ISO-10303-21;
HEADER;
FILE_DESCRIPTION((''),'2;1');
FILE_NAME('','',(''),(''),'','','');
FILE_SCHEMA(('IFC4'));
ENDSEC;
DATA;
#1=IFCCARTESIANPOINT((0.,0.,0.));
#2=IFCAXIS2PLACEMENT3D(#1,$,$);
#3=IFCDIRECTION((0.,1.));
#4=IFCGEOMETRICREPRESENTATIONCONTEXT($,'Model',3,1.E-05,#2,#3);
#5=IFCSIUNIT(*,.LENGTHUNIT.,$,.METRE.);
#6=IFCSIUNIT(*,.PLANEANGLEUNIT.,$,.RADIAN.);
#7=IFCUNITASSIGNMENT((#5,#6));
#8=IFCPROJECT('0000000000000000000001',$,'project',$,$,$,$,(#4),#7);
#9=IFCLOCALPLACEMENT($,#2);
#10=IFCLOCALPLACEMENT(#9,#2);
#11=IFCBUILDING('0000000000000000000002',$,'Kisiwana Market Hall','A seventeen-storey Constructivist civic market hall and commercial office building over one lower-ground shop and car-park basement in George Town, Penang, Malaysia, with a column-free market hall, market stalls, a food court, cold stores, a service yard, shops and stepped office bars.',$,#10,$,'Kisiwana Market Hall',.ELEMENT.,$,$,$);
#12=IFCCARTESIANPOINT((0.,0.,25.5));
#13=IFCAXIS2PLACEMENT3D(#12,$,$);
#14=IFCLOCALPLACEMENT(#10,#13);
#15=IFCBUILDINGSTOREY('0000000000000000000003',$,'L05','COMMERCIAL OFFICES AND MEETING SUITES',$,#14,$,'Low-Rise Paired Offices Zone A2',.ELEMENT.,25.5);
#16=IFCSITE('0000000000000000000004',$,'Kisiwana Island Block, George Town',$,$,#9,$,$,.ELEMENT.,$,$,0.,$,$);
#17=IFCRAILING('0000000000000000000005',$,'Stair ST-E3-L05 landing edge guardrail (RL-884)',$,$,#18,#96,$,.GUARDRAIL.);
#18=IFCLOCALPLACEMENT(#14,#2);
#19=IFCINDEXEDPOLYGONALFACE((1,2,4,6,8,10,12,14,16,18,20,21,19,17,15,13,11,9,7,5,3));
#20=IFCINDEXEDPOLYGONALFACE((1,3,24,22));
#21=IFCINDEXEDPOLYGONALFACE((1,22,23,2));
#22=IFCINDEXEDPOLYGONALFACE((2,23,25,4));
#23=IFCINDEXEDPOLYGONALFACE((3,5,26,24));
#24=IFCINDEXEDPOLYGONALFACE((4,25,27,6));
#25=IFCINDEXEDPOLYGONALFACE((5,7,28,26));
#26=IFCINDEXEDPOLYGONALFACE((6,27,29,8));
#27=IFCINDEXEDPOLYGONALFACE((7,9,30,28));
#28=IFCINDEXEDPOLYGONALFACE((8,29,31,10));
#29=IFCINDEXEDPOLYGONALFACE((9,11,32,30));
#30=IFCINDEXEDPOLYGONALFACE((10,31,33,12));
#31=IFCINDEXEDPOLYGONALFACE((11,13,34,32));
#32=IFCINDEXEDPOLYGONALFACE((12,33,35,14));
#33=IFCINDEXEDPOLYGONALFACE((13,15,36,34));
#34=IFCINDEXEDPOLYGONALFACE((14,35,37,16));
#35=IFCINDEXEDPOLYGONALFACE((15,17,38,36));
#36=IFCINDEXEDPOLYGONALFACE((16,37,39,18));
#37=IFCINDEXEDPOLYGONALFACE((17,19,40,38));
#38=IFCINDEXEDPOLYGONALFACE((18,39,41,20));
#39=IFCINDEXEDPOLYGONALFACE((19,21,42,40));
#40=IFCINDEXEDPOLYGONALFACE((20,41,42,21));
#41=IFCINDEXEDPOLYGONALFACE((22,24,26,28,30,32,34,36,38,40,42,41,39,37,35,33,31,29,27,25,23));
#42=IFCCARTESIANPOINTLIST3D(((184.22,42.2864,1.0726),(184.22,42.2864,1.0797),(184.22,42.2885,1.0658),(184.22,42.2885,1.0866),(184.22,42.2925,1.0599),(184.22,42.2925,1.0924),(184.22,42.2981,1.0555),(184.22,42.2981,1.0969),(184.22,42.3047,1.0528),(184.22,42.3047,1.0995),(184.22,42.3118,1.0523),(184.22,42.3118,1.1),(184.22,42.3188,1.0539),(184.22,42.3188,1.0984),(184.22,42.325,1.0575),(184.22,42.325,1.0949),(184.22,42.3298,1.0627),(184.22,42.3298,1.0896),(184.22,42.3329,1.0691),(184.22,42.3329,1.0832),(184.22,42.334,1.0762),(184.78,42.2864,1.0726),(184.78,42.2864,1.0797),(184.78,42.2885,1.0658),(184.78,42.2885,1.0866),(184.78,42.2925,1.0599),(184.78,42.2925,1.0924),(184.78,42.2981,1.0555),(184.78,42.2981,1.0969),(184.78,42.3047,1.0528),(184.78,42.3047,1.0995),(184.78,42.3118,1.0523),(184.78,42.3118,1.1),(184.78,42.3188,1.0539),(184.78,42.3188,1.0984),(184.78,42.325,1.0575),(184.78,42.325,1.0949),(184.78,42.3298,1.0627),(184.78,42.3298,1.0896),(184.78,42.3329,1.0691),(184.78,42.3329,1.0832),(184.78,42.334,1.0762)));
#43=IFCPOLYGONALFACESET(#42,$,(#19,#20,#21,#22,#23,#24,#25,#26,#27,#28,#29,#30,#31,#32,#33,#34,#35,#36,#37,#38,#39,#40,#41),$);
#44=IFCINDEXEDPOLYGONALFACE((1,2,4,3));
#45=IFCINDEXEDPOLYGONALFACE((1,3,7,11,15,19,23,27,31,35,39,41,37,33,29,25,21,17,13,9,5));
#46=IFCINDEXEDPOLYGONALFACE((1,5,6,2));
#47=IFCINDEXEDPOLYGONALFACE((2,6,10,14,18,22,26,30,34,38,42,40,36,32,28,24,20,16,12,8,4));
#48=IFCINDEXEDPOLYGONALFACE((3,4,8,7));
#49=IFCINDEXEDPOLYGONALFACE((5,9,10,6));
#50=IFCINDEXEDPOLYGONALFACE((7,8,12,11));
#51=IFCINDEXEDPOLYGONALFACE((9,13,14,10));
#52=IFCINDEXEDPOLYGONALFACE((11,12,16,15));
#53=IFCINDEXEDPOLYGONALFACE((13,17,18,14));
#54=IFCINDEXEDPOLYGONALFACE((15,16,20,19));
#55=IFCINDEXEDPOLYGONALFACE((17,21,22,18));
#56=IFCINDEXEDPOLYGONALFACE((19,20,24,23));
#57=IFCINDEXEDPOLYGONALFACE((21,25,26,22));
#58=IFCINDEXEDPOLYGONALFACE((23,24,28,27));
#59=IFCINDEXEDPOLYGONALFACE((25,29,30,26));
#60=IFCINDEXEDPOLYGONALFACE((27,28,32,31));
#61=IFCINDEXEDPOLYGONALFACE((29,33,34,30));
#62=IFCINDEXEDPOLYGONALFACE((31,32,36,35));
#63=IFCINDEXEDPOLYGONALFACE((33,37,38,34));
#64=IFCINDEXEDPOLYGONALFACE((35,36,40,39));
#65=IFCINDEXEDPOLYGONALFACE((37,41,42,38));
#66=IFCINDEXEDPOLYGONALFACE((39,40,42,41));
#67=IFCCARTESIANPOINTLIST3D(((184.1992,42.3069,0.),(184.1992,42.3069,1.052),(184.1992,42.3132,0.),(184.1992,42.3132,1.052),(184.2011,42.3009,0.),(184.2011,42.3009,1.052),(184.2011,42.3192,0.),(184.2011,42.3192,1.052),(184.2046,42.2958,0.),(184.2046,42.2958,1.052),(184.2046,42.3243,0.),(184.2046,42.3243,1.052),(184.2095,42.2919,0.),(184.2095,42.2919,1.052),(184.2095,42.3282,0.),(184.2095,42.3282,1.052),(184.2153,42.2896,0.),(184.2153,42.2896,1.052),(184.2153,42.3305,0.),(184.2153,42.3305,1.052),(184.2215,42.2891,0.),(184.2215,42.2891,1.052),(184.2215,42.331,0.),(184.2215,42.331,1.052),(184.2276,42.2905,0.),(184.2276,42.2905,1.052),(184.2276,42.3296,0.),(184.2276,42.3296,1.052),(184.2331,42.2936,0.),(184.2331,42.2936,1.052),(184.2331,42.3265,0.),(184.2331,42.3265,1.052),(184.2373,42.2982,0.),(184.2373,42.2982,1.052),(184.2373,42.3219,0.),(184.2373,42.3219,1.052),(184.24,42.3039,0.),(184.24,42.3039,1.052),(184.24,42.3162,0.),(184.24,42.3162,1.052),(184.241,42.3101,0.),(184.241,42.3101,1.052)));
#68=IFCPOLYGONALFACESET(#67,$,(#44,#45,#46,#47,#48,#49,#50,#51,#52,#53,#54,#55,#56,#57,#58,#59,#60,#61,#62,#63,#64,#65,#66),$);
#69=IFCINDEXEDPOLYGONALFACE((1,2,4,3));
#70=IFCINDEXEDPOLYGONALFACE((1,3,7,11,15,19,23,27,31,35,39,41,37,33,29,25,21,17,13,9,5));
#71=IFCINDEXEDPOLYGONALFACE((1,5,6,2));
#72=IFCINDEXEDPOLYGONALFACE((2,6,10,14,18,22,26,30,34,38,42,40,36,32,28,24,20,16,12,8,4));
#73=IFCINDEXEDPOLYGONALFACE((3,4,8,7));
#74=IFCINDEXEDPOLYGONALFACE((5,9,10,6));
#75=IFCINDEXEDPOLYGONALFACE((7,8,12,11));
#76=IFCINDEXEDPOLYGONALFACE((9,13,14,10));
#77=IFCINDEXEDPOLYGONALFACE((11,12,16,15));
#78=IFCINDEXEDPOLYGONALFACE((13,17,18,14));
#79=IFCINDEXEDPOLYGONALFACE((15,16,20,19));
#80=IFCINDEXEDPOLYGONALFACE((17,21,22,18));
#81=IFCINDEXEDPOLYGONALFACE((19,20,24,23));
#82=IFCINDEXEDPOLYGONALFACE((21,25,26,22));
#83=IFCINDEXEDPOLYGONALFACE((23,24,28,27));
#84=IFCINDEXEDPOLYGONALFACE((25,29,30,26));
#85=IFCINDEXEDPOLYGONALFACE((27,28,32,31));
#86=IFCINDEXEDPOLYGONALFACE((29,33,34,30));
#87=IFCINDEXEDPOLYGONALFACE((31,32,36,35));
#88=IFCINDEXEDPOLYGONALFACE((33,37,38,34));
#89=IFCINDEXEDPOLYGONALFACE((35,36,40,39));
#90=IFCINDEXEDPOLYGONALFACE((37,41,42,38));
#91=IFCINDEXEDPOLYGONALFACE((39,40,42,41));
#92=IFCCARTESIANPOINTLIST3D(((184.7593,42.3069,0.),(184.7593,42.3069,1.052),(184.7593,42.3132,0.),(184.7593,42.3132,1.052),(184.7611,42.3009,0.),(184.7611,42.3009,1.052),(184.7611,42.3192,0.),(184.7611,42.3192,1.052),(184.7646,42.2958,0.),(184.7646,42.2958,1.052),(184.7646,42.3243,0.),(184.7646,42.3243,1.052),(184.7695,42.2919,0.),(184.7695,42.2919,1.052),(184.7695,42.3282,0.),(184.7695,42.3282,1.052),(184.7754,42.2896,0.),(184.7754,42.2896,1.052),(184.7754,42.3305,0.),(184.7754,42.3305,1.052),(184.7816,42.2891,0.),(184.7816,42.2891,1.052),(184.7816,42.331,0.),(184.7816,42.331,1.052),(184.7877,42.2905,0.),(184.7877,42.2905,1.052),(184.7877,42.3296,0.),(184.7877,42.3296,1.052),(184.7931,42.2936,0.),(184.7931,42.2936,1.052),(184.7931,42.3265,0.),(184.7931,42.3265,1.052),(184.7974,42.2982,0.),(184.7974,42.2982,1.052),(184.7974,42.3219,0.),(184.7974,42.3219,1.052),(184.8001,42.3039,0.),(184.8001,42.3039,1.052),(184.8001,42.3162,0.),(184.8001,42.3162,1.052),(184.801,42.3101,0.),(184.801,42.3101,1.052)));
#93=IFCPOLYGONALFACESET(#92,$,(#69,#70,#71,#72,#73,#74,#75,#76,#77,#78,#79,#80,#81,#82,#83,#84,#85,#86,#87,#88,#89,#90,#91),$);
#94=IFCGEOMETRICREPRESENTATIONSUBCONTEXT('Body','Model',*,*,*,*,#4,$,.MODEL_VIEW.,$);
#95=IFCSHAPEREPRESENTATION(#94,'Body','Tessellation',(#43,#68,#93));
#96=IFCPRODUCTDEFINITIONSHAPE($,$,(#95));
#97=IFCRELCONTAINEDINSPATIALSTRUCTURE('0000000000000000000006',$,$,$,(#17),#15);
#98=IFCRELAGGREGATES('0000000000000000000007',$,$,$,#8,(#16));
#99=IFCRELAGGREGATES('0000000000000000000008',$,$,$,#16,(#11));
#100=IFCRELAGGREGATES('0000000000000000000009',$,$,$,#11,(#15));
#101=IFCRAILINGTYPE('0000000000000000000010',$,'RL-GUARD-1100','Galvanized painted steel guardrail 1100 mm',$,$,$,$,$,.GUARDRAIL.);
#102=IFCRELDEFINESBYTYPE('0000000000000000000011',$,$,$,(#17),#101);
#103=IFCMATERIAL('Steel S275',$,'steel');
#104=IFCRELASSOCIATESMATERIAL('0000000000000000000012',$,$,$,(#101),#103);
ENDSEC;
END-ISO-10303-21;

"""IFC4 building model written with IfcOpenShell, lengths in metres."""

from ifc_helpers import new_model, si_unit, direction, frame, origin, origin_2d, place, context, subcontext, project, spatial, circle, extrude, material, type_object, element, save


model = new_model("IFC4")

# Units and contexts
model_context = context("Model", 3, precision=1e-05, world=origin(), true_north=direction((0.0, 1.0)))
body_context = subcontext(model_context, "Body", "Model", "MODEL_VIEW")
ifc_project = project(units=[si_unit("LENGTHUNIT", "METRE"), si_unit("PLANEANGLEUNIT", "RADIAN")], contexts=[model_context])

# Site, building, storey
site_placement = place(None, origin())
site = spatial("IfcSite", under=ifc_project, at=site_placement, Name="Kisiwana Island Block, George Town", CompositionType="ELEMENT", RefElevation=0.0)
building_placement = place(site_placement, origin())
building = spatial("IfcBuilding", under=site, at=building_placement, Name="Kisiwana Market Hall", Description="A seventeen-storey Constructivist civic market hall and commercial office building over one lower-ground shop and car-park basement in George Town, Penang, Malaysia, with a column-free market hall, market stalls, a food court, cold stores, a service yard, shops and stepped office bars.", LongName="Kisiwana Market Hall", CompositionType="ELEMENT")
storey_placement = place(building_placement, frame((0.0, 0.0, 25.5)))
storey = spatial("IfcBuildingStorey", under=building, at=storey_placement, Name="L05", Description="COMMERCIAL OFFICES AND MEETING SUITES", LongName="Low-Rise Paired Offices Zone A2", CompositionType="ELEMENT", Elevation=25.5)

# Railing
ifc_material_1 = material(Name="Steel S275", Category="steel")
railing_type_1 = type_object("IfcRailingType", Name="RL-GUARD-1100", Description="Galvanized painted steel guardrail 1100 mm", PredefinedType="GUARDRAIL", material=ifc_material_1)
railing_1_placement = place(storey_placement, frame((184.22, 42.3101, 0.0)))
element("IfcRailing", 1, at=railing_1_placement, inside=storey, type_object=railing_type_1, Name="Stair ST-E3-L05 landing edge guardrail (RL-884)", PredefinedType="GUARDRAIL", context=body_context, shape_type="SweptSolid", body=[
    extrude(circle(Radius=0.0239, at=origin_2d()), frame((0.0, 0.0, 1.0762), z_axis=(1.0, 0.0, 0.0), x_axis=(0.0, 1.0, 0.0)), (0.0, 0.0, 1.0), 0.5601),
    extrude(circle(Radius=0.021, at=origin_2d()), origin(), (0.0, 0.0, 1.0), 1.052),
    extrude(circle(Radius=0.021, at=origin_2d()), frame((0.5601, 0.0, 0.0)), (0.0, 0.0, 1.0), 1.052),
])

save(model, "model.ifc")
